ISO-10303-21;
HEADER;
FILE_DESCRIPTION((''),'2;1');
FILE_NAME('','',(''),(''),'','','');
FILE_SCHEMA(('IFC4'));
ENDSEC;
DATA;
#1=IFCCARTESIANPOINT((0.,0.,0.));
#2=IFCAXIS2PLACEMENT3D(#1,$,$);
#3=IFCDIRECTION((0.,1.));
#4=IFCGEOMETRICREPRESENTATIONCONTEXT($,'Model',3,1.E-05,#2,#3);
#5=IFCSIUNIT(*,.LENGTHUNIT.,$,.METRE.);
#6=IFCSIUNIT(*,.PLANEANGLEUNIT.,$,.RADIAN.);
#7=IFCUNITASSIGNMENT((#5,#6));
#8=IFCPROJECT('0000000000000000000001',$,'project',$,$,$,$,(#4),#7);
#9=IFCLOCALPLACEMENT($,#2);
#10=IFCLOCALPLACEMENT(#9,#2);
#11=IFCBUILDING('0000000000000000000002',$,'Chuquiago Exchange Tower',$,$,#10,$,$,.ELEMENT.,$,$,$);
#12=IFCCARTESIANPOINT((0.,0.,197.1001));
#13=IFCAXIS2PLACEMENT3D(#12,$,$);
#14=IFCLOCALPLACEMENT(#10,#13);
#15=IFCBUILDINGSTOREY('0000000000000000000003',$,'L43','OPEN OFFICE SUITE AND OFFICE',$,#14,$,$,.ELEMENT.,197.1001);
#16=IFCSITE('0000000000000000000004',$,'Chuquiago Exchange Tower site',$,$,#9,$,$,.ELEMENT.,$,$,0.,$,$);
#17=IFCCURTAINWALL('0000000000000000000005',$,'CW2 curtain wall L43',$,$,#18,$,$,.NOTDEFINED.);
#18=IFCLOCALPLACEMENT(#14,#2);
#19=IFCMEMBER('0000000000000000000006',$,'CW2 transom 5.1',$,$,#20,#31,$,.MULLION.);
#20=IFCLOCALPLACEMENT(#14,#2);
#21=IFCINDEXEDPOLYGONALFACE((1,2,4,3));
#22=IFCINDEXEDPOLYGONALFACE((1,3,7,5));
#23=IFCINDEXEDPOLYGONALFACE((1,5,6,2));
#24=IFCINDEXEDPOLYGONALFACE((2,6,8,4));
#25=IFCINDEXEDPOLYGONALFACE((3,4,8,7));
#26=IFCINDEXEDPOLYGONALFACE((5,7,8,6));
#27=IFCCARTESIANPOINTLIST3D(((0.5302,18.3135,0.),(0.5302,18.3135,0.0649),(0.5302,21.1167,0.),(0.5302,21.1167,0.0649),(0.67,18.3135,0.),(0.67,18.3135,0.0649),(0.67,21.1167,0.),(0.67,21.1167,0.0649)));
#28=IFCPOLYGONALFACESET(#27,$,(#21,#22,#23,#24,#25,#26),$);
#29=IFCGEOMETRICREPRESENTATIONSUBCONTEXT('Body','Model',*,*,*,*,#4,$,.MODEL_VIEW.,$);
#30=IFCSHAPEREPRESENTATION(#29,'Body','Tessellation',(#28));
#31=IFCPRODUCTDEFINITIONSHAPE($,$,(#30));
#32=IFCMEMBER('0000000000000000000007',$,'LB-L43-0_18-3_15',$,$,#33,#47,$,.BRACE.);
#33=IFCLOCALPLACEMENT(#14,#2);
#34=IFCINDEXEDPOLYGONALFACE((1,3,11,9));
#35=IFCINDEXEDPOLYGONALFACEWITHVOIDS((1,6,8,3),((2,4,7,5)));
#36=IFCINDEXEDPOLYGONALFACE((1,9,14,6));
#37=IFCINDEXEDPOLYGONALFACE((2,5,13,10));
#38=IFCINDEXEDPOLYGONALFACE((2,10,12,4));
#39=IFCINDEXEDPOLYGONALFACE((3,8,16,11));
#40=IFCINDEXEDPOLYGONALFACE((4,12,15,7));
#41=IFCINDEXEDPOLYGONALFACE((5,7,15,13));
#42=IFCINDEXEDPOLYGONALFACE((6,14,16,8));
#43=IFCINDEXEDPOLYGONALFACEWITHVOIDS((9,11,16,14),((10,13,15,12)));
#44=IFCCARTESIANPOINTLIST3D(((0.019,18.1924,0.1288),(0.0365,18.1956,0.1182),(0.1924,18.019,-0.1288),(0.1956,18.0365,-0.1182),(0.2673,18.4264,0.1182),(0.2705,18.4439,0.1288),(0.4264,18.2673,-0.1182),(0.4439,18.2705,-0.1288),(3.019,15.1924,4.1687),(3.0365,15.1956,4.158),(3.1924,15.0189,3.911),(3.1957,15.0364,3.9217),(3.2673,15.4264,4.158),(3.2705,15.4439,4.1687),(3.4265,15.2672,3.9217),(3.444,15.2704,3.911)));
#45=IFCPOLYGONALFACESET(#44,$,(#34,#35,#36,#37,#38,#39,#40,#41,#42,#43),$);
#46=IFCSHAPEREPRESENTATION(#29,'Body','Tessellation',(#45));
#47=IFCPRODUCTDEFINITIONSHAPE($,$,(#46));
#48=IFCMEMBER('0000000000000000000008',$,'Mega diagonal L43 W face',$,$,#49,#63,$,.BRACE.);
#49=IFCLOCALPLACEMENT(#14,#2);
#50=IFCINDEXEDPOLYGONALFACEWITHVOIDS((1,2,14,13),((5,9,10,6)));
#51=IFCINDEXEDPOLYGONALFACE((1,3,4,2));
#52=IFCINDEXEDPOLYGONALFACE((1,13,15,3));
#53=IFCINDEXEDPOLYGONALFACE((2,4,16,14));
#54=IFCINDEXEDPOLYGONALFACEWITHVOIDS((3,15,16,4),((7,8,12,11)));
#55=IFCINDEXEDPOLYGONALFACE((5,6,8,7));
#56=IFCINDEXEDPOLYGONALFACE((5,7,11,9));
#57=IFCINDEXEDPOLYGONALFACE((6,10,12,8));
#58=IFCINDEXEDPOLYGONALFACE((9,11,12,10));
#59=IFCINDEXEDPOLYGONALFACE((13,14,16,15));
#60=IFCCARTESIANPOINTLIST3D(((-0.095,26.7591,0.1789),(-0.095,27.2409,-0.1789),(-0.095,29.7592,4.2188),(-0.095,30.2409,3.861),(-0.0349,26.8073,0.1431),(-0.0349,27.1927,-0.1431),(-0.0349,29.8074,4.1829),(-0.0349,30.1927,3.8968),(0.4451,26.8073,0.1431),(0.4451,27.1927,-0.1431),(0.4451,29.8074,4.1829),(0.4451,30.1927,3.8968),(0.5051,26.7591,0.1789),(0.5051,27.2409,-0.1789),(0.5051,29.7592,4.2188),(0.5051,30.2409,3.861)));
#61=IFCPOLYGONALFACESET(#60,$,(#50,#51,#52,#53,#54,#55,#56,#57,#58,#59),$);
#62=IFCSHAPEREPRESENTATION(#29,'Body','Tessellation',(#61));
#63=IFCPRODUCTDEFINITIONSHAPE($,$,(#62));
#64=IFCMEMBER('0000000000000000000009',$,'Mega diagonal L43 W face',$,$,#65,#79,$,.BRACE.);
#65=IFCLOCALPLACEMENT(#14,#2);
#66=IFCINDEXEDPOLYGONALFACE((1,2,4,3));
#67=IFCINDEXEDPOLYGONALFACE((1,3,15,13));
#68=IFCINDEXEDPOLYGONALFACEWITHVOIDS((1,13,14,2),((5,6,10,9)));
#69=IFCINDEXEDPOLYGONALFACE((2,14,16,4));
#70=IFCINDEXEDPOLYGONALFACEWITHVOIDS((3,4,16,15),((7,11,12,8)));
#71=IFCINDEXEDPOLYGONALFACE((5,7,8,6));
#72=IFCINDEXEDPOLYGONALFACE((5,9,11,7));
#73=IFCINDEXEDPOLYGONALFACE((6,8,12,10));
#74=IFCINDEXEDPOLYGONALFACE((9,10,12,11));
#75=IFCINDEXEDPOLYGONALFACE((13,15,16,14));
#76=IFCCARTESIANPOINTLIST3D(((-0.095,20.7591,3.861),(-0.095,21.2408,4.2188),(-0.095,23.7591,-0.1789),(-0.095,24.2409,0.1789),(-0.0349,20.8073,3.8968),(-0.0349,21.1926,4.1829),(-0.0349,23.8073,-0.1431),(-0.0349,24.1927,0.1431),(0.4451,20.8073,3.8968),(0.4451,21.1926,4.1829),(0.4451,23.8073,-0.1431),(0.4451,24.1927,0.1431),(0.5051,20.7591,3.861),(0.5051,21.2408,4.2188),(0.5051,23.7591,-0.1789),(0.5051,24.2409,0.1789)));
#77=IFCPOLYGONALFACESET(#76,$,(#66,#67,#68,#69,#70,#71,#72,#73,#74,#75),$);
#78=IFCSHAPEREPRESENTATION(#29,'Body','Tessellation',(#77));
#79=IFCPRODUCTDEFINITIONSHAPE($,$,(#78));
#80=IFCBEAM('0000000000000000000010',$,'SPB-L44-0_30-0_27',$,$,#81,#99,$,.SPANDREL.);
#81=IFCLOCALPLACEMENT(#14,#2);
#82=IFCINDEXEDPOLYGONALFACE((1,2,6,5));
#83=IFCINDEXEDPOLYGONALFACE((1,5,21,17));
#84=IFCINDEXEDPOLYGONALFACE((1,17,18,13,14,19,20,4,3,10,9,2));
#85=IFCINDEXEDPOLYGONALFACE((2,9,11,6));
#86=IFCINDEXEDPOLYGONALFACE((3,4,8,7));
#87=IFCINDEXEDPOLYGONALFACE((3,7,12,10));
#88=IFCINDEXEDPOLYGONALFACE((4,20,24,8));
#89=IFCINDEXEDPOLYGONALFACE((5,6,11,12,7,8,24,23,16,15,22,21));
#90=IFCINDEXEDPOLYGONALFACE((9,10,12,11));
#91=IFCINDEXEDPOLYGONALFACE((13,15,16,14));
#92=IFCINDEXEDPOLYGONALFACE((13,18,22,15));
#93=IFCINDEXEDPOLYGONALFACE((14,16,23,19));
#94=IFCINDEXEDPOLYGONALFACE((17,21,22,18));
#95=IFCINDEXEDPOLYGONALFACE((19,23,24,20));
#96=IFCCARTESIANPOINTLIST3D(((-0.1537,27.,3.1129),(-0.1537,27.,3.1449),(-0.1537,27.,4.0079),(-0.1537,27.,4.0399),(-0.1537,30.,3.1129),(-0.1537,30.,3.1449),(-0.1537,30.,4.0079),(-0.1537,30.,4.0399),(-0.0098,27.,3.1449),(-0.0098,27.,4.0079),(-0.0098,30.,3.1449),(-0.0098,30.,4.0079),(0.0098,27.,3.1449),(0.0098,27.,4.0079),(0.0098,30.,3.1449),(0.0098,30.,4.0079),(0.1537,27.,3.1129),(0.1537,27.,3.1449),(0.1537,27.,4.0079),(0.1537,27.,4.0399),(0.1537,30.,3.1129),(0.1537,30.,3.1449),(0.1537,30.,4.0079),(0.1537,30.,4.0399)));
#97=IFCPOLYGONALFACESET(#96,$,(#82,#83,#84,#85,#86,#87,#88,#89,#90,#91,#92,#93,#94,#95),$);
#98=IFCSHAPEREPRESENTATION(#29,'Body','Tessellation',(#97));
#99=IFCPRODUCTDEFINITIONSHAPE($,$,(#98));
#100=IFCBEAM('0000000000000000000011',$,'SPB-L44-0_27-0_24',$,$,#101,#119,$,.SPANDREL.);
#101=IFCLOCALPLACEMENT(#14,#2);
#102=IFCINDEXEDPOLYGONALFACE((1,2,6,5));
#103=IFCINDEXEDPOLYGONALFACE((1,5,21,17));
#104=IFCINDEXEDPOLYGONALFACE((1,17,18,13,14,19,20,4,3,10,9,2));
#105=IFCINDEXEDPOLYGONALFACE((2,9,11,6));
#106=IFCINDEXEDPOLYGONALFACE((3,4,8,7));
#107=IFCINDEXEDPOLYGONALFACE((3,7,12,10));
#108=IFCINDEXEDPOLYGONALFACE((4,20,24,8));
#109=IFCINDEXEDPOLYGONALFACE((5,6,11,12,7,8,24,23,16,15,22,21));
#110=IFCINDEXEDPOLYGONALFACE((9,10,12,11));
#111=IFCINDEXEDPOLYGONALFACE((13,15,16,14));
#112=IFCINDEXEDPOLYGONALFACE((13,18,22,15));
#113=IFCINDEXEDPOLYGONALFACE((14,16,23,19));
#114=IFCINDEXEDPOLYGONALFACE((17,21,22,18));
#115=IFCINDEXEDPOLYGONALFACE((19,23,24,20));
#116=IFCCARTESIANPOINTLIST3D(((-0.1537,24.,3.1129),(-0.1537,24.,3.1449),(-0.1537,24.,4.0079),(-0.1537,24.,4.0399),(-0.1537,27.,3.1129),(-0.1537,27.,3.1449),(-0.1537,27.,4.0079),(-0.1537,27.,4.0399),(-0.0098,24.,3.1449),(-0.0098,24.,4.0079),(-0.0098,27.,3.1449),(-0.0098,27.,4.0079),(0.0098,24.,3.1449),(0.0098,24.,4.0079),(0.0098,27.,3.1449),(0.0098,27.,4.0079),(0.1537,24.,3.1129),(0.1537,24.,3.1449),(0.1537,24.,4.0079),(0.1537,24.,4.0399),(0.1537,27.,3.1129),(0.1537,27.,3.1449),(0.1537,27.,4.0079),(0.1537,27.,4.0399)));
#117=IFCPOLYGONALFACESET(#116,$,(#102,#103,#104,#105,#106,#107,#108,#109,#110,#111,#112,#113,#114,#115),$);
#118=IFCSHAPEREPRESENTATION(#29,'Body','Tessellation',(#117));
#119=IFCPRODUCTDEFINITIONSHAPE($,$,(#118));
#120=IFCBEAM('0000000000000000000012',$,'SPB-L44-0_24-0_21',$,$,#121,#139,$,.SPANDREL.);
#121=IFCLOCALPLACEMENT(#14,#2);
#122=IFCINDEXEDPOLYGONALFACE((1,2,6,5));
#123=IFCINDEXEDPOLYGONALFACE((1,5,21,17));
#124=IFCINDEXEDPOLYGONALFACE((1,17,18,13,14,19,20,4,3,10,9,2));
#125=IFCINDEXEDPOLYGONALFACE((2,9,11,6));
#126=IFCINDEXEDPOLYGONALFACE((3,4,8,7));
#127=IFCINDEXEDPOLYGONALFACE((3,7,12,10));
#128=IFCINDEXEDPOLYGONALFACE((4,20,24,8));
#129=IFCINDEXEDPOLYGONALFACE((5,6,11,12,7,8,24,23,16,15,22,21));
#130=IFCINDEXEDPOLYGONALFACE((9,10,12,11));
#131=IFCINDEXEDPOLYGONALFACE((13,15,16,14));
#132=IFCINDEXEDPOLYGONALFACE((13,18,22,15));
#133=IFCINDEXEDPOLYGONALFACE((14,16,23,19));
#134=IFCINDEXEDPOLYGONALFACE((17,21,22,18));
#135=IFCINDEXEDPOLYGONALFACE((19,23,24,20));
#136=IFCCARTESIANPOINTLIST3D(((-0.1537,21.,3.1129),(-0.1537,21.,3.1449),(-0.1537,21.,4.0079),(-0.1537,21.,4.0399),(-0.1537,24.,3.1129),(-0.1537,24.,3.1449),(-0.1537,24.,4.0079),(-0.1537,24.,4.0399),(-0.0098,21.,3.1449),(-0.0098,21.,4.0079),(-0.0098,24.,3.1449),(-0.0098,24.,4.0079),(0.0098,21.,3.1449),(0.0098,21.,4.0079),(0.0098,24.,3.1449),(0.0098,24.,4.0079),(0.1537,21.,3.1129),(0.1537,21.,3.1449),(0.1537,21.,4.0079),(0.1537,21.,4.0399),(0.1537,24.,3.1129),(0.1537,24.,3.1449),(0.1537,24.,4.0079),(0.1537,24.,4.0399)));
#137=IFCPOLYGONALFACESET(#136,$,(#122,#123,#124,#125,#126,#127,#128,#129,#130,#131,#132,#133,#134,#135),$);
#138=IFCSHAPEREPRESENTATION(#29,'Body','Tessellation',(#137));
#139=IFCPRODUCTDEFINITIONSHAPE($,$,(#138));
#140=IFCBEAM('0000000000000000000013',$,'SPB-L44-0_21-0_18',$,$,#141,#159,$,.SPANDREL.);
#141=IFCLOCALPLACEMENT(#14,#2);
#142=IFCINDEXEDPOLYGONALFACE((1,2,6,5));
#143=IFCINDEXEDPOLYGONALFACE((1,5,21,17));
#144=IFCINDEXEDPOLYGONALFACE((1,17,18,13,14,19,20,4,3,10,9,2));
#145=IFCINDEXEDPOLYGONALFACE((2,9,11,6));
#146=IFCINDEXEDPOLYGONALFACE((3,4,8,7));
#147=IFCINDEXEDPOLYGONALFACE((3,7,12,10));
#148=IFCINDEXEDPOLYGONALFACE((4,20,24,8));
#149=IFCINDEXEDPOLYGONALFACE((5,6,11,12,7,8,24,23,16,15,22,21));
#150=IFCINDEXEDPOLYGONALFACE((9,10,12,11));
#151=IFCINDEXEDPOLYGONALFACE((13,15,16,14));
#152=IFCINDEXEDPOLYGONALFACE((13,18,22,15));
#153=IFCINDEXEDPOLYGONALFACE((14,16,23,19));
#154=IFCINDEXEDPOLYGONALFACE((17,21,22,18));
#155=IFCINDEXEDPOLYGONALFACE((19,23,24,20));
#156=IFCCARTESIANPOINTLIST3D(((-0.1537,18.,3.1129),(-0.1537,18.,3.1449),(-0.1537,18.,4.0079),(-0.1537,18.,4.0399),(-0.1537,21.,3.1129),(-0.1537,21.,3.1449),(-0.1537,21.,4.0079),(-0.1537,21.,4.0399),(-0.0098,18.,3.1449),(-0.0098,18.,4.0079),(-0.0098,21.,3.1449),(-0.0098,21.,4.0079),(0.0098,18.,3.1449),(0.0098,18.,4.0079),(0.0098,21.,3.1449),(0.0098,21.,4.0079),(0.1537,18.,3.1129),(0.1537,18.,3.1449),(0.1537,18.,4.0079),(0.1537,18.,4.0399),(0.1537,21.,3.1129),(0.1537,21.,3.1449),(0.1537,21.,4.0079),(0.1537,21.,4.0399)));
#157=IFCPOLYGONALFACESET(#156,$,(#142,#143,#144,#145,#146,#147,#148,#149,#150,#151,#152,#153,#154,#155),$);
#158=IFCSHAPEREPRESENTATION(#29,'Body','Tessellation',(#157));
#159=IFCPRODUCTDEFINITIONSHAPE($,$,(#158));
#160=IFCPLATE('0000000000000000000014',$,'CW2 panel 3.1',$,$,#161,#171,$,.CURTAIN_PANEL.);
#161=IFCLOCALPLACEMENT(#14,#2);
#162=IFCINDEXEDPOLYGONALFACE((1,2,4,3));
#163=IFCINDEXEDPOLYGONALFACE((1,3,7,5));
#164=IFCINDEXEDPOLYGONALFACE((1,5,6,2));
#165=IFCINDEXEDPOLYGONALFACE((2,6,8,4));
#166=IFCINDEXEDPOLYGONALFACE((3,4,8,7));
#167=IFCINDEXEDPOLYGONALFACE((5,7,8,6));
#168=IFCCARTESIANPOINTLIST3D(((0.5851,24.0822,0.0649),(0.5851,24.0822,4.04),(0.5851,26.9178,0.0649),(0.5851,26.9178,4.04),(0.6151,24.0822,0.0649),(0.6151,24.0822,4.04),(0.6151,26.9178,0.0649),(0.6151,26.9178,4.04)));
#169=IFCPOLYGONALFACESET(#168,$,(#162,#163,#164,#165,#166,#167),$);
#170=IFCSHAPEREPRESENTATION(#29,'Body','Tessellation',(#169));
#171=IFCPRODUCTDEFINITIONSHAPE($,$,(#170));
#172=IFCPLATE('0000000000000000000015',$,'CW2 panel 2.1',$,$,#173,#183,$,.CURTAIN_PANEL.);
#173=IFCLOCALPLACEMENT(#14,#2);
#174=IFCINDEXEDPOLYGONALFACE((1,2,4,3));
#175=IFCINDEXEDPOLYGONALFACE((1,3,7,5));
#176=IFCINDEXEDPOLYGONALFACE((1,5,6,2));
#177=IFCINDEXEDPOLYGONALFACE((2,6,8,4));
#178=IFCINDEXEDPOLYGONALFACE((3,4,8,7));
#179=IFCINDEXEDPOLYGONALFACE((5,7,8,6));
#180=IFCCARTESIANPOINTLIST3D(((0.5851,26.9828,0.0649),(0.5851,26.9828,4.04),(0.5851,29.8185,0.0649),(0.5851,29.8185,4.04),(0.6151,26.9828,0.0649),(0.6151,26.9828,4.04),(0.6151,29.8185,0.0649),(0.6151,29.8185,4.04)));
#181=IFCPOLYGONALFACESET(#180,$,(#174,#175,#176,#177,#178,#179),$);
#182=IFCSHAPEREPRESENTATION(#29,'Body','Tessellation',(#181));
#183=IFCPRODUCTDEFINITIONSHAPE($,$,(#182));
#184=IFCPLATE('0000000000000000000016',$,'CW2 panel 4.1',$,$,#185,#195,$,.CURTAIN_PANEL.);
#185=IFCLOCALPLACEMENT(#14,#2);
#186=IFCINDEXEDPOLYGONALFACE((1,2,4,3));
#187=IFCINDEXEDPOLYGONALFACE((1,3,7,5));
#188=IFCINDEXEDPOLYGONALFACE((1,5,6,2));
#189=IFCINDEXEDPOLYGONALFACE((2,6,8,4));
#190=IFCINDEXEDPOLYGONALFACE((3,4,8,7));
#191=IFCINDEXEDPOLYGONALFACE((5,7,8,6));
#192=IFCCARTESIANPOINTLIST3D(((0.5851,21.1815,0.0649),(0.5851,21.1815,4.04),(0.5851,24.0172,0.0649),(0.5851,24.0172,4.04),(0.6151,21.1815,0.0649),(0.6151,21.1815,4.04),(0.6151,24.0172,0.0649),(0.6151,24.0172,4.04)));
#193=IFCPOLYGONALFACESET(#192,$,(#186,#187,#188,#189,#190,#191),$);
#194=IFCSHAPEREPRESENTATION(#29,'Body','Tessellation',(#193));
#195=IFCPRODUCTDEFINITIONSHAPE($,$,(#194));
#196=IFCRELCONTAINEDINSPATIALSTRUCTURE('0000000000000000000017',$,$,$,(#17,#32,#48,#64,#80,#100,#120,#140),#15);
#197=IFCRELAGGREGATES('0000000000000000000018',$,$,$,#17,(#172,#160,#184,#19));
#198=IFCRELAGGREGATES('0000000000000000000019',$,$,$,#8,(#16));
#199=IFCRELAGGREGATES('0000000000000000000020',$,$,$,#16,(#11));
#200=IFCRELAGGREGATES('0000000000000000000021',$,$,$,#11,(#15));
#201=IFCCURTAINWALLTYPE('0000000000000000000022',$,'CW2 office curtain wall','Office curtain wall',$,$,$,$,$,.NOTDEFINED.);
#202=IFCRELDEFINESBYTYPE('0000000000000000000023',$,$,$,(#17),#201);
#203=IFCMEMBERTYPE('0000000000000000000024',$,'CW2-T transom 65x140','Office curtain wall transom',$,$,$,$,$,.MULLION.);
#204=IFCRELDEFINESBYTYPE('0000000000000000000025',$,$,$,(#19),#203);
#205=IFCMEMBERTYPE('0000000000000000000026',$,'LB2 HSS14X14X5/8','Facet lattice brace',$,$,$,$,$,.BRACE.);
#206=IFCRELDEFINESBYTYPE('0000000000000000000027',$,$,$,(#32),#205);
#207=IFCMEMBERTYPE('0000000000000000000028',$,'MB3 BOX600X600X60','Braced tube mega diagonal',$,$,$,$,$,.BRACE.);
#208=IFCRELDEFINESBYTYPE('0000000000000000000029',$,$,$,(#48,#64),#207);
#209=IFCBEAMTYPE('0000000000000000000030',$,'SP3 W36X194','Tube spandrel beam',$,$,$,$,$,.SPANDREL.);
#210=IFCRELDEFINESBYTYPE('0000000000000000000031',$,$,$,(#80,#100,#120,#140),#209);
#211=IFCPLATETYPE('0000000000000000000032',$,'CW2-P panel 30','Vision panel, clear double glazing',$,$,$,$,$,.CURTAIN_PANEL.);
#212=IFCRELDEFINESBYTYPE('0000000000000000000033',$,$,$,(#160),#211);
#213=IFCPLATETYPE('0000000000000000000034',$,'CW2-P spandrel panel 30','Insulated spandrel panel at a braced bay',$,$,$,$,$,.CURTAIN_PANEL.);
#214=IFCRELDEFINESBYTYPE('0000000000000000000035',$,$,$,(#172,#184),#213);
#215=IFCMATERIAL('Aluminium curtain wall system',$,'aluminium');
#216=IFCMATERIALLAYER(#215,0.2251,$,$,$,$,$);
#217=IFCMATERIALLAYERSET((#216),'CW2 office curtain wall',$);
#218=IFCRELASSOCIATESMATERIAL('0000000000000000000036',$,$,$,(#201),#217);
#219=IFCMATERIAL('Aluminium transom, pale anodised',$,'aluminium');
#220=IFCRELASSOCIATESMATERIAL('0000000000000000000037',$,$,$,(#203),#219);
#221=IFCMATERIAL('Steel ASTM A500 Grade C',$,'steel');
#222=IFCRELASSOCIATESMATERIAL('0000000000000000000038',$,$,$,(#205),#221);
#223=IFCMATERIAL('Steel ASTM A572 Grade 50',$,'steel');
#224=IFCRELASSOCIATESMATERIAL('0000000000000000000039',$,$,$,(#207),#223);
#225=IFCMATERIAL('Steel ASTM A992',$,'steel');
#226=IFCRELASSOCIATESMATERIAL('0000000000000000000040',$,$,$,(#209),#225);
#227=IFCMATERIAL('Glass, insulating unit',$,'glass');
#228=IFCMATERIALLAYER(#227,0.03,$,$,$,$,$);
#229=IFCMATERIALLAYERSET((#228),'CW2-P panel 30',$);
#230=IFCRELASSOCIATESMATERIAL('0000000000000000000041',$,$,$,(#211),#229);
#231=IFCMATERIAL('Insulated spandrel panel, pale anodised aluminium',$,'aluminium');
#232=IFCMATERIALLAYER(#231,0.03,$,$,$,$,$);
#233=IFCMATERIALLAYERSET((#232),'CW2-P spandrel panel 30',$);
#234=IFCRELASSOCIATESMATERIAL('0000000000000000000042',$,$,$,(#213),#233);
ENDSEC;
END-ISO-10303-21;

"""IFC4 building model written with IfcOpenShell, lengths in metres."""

from ifc_helpers import new_model, si_unit, direction, frame, origin, origin_2d, place, context, subcontext, project, spatial, rectangle, hollow_rectangle, i_section, extrude, material, layer, layer_set, material_profile, profile_set, type_object, element, aggregate, save


model = new_model("IFC4")

# Units and contexts
model_context = context("Model", 3, precision=1e-05, world=origin(), true_north=direction((0.0, 1.0)))
body_context = subcontext(model_context, "Body", "Model", "MODEL_VIEW")
ifc_project = project(units=[si_unit("LENGTHUNIT", "METRE"), si_unit("PLANEANGLEUNIT", "RADIAN")], contexts=[model_context])

# Site, building, storey
site_placement = place(None, origin())
site = spatial("IfcSite", under=ifc_project, at=site_placement, Name="Chuquiago Exchange Tower site", CompositionType="ELEMENT", RefElevation=0.0)
building_placement = place(site_placement, origin())
building = spatial("IfcBuilding", under=site, at=building_placement, Name="Chuquiago Exchange Tower", CompositionType="ELEMENT")
storey_placement = place(building_placement, frame((0.0, 0.0, 197.1001)))
storey = spatial("IfcBuildingStorey", under=building, at=storey_placement, Name="L43", Description="OPEN OFFICE SUITE AND OFFICE", CompositionType="ELEMENT", Elevation=197.1001)

# Curtain wall, member
ifc_material_1 = material(Name="Aluminium curtain wall system", Category="aluminium")
ifc_layer_1 = layer(ifc_material_1, 0.2251)
ifc_layer_set_1 = layer_set([ifc_layer_1], Name="CW2 office curtain wall")
curtain_wall_type = type_object("IfcCurtainWallType", Name="CW2 office curtain wall", Description="Office curtain wall", PredefinedType="NOTDEFINED", material=ifc_layer_set_1)
curtain_wall_placement = place(storey_placement, origin())
curtain_wall = element("IfcCurtainWall", 1, at=curtain_wall_placement, inside=storey, type_object=curtain_wall_type, Name="CW2 curtain wall L43", PredefinedType="NOTDEFINED")
ifc_material_2 = material(Name="Aluminium transom, pale anodised", Category="aluminium")
ifc_material_profile_1 = material_profile(ifc_material_2, rectangle(XDim=0.1399, YDim=0.0649, at=origin_2d()), Name="AL 140x65")
ifc_profile_set_1 = profile_set([ifc_material_profile_1], Name="Aluminium transom, pale anodised")
member_type_1 = type_object("IfcMemberType", Name="CW2-T transom 65x140", Description="Office curtain wall transom", PredefinedType="MULLION", material=ifc_profile_set_1)
member_1_placement = place(storey_placement, frame((0.6001, 21.1167, 0.0325), z_axis=(0.0, -1.0, 0.0), x_axis=(1.0, 0.0, 0.0)))
member_1 = element("IfcMember", 2, at=member_1_placement, type_object=member_type_1, Name="CW2 transom 5.1", PredefinedType="MULLION", context=body_context, shape_type="SweptSolid", body=[
    extrude(rectangle(XDim=0.1399, YDim=0.0649, at=origin_2d()), origin(), (0.0, 0.0, 1.0), 2.8032),
])

# Members
ifc_material_3 = material(Name="Steel ASTM A500 Grade C", Category="steel")
ifc_material_profile_2 = material_profile(ifc_material_3, hollow_rectangle(XDim=0.3557, YDim=0.3557, WallThickness=0.0146, at=origin_2d()), Name="HSS14X14X5/8")
ifc_profile_set_2 = profile_set([ifc_material_profile_2], Name="Steel ASTM A500 Grade C")
member_type_2 = type_object("IfcMemberType", Name="LB2 HSS14X14X5/8", Description="Facet lattice brace", PredefinedType="BRACE", material=ifc_profile_set_2)
member_2_placement = place(storey_placement, frame((0.2314, 18.2314, 0.0), z_axis=(0.512092, -0.512092, 0.689582), x_axis=(0.707107, 0.707107, 0.0)))
element("IfcMember", 3, at=member_2_placement, inside=storey, type_object=member_type_2, Name="LB-L43-0_18-3_15", PredefinedType="BRACE", context=body_context, shape_type="SweptSolid", body=[
    extrude(hollow_rectangle(XDim=0.3557, YDim=0.3557, WallThickness=0.0146, at=origin_2d()), origin(), (0.0, 0.0, 1.0), 5.8584),
])
ifc_material_4 = material(Name="Steel ASTM A572 Grade 50", Category="steel")
ifc_material_profile_3 = material_profile(ifc_material_4, hollow_rectangle(XDim=0.6001, YDim=0.6001, WallThickness=0.0601, at=origin_2d()), Name="BOX600X600X60")
ifc_profile_set_3 = profile_set([ifc_material_profile_3], Name="Steel ASTM A572 Grade 50")
member_type_3 = type_object("IfcMemberType", Name="MB3 BOX600X600X60", Description="Braced tube mega diagonal", PredefinedType="BRACE", material=ifc_profile_set_3)
for number, where, z_axis, x_axis, name in (
    (4, (0.2051, 27.0, 0.0), (0.0, 0.596197, 0.802838), (-1.0, 0.0, 0.0), "Mega diagonal L43 W face"),
    (5, (0.2051, 24.0, 0.0), (0.0, -0.596197, 0.802838), (1.0, 0.0, 0.0), "Mega diagonal L43 W face"),
):
    element("IfcMember", number, at=place(storey_placement, frame(where, z_axis=z_axis, x_axis=x_axis)), inside=storey, type_object=member_type_3, Name=name, PredefinedType="BRACE", context=body_context, shape_type="SweptSolid", body=[
        extrude(hollow_rectangle(XDim=0.6001, YDim=0.6001, WallThickness=0.0601, at=origin_2d()), origin(), (0.0, 0.0, 1.0), 5.032),
    ])

# Beams
ifc_material_5 = material(Name="Steel ASTM A992", Category="steel")
ifc_material_profile_4 = material_profile(ifc_material_5, i_section(OverallWidth=0.3074, OverallDepth=0.927, WebThickness=0.0195, FlangeThickness=0.032, at=origin_2d()), Name="W36X194")
ifc_profile_set_4 = profile_set([ifc_material_profile_4], Name="Steel ASTM A992")
beam_type = type_object("IfcBeamType", Name="SP3 W36X194", Description="Tube spandrel beam", PredefinedType="SPANDREL", material=ifc_profile_set_4)
for number, where, z_axis, x_axis, name in (
    (6, (0.0, 30.0, 3.5764), (0.0, -1.0, 0.0), (1.0, 0.0, 0.0), "SPB-L44-0_30-0_27"),
    (7, (0.0, 27.0, 3.5764), (0.0, -1.0, 0.0), (1.0, 0.0, 0.0), "SPB-L44-0_27-0_24"),
    (8, (0.0, 24.0, 3.5764), (0.0, -1.0, 0.0), (1.0, 0.0, 0.0), "SPB-L44-0_24-0_21"),
    (9, (0.0, 21.0, 3.5764), (0.0, -1.0, 0.0), (1.0, 0.0, 0.0), "SPB-L44-0_21-0_18"),
):
    element("IfcBeam", number, at=place(storey_placement, frame(where, z_axis=z_axis, x_axis=x_axis)), inside=storey, type_object=beam_type, Name=name, PredefinedType="SPANDREL", context=body_context, shape_type="SweptSolid", body=[
        extrude(i_section(OverallWidth=0.3074, OverallDepth=0.927, WebThickness=0.0195, FlangeThickness=0.032, at=origin_2d()), origin(), (0.0, 0.0, 1.0), 3.0),
    ])

# Plates
ifc_material_6 = material(Name="Glass, insulating unit", Category="glass")
ifc_layer_2 = layer(ifc_material_6, 0.03)
ifc_layer_set_2 = layer_set([ifc_layer_2], Name="CW2-P panel 30")
plate_type_1 = type_object("IfcPlateType", Name="CW2-P panel 30", Description="Vision panel, clear double glazing", PredefinedType="CURTAIN_PANEL", material=ifc_layer_set_2)
plate_1_placement = place(storey_placement, frame((0.6001, 25.5, 0.0649), z_axis=(0.0, 0.0, 1.0), x_axis=(0.0, -1.0, 0.0)))
plate_1 = element("IfcPlate", 10, at=plate_1_placement, type_object=plate_type_1, Name="CW2 panel 3.1", PredefinedType="CURTAIN_PANEL", context=body_context, shape_type="SweptSolid", body=[
    extrude(rectangle(XDim=2.8357, YDim=0.03, at=origin_2d()), origin(), (0.0, 0.0, 1.0), 3.9751),
])
ifc_material_7 = material(Name="Insulated spandrel panel, pale anodised aluminium", Category="aluminium")
ifc_layer_3 = layer(ifc_material_7, 0.03)
ifc_layer_set_3 = layer_set([ifc_layer_3], Name="CW2-P spandrel panel 30")
plate_type_2 = type_object("IfcPlateType", Name="CW2-P spandrel panel 30", Description="Insulated spandrel panel at a braced bay", PredefinedType="CURTAIN_PANEL", material=ifc_layer_set_3)
plate_2_placement = place(storey_placement, frame((0.6001, 28.4006, 0.0649), z_axis=(0.0, 0.0, 1.0), x_axis=(0.0, -1.0, 0.0)))
plate_2 = element("IfcPlate", 11, at=plate_2_placement, type_object=plate_type_2, Name="CW2 panel 2.1", PredefinedType="CURTAIN_PANEL", context=body_context, shape_type="SweptSolid", body=[
    extrude(rectangle(XDim=2.8357, YDim=0.03, at=origin_2d()), origin(), (0.0, 0.0, 1.0), 3.9751),
])
plate_3_placement = place(storey_placement, frame((0.6001, 22.5994, 0.0649), z_axis=(0.0, 0.0, 1.0), x_axis=(0.0, -1.0, 0.0)))
plate_3 = element("IfcPlate", 12, at=plate_3_placement, type_object=plate_type_2, Name="CW2 panel 4.1", PredefinedType="CURTAIN_PANEL", context=body_context, shape_type="SweptSolid", body=[
    extrude(rectangle(XDim=2.8357, YDim=0.03, at=origin_2d()), origin(), (0.0, 0.0, 1.0), 3.9751),
])
aggregate(curtain_wall, [plate_2, plate_1, plate_3, member_1])

save(model, "model.ifc")
